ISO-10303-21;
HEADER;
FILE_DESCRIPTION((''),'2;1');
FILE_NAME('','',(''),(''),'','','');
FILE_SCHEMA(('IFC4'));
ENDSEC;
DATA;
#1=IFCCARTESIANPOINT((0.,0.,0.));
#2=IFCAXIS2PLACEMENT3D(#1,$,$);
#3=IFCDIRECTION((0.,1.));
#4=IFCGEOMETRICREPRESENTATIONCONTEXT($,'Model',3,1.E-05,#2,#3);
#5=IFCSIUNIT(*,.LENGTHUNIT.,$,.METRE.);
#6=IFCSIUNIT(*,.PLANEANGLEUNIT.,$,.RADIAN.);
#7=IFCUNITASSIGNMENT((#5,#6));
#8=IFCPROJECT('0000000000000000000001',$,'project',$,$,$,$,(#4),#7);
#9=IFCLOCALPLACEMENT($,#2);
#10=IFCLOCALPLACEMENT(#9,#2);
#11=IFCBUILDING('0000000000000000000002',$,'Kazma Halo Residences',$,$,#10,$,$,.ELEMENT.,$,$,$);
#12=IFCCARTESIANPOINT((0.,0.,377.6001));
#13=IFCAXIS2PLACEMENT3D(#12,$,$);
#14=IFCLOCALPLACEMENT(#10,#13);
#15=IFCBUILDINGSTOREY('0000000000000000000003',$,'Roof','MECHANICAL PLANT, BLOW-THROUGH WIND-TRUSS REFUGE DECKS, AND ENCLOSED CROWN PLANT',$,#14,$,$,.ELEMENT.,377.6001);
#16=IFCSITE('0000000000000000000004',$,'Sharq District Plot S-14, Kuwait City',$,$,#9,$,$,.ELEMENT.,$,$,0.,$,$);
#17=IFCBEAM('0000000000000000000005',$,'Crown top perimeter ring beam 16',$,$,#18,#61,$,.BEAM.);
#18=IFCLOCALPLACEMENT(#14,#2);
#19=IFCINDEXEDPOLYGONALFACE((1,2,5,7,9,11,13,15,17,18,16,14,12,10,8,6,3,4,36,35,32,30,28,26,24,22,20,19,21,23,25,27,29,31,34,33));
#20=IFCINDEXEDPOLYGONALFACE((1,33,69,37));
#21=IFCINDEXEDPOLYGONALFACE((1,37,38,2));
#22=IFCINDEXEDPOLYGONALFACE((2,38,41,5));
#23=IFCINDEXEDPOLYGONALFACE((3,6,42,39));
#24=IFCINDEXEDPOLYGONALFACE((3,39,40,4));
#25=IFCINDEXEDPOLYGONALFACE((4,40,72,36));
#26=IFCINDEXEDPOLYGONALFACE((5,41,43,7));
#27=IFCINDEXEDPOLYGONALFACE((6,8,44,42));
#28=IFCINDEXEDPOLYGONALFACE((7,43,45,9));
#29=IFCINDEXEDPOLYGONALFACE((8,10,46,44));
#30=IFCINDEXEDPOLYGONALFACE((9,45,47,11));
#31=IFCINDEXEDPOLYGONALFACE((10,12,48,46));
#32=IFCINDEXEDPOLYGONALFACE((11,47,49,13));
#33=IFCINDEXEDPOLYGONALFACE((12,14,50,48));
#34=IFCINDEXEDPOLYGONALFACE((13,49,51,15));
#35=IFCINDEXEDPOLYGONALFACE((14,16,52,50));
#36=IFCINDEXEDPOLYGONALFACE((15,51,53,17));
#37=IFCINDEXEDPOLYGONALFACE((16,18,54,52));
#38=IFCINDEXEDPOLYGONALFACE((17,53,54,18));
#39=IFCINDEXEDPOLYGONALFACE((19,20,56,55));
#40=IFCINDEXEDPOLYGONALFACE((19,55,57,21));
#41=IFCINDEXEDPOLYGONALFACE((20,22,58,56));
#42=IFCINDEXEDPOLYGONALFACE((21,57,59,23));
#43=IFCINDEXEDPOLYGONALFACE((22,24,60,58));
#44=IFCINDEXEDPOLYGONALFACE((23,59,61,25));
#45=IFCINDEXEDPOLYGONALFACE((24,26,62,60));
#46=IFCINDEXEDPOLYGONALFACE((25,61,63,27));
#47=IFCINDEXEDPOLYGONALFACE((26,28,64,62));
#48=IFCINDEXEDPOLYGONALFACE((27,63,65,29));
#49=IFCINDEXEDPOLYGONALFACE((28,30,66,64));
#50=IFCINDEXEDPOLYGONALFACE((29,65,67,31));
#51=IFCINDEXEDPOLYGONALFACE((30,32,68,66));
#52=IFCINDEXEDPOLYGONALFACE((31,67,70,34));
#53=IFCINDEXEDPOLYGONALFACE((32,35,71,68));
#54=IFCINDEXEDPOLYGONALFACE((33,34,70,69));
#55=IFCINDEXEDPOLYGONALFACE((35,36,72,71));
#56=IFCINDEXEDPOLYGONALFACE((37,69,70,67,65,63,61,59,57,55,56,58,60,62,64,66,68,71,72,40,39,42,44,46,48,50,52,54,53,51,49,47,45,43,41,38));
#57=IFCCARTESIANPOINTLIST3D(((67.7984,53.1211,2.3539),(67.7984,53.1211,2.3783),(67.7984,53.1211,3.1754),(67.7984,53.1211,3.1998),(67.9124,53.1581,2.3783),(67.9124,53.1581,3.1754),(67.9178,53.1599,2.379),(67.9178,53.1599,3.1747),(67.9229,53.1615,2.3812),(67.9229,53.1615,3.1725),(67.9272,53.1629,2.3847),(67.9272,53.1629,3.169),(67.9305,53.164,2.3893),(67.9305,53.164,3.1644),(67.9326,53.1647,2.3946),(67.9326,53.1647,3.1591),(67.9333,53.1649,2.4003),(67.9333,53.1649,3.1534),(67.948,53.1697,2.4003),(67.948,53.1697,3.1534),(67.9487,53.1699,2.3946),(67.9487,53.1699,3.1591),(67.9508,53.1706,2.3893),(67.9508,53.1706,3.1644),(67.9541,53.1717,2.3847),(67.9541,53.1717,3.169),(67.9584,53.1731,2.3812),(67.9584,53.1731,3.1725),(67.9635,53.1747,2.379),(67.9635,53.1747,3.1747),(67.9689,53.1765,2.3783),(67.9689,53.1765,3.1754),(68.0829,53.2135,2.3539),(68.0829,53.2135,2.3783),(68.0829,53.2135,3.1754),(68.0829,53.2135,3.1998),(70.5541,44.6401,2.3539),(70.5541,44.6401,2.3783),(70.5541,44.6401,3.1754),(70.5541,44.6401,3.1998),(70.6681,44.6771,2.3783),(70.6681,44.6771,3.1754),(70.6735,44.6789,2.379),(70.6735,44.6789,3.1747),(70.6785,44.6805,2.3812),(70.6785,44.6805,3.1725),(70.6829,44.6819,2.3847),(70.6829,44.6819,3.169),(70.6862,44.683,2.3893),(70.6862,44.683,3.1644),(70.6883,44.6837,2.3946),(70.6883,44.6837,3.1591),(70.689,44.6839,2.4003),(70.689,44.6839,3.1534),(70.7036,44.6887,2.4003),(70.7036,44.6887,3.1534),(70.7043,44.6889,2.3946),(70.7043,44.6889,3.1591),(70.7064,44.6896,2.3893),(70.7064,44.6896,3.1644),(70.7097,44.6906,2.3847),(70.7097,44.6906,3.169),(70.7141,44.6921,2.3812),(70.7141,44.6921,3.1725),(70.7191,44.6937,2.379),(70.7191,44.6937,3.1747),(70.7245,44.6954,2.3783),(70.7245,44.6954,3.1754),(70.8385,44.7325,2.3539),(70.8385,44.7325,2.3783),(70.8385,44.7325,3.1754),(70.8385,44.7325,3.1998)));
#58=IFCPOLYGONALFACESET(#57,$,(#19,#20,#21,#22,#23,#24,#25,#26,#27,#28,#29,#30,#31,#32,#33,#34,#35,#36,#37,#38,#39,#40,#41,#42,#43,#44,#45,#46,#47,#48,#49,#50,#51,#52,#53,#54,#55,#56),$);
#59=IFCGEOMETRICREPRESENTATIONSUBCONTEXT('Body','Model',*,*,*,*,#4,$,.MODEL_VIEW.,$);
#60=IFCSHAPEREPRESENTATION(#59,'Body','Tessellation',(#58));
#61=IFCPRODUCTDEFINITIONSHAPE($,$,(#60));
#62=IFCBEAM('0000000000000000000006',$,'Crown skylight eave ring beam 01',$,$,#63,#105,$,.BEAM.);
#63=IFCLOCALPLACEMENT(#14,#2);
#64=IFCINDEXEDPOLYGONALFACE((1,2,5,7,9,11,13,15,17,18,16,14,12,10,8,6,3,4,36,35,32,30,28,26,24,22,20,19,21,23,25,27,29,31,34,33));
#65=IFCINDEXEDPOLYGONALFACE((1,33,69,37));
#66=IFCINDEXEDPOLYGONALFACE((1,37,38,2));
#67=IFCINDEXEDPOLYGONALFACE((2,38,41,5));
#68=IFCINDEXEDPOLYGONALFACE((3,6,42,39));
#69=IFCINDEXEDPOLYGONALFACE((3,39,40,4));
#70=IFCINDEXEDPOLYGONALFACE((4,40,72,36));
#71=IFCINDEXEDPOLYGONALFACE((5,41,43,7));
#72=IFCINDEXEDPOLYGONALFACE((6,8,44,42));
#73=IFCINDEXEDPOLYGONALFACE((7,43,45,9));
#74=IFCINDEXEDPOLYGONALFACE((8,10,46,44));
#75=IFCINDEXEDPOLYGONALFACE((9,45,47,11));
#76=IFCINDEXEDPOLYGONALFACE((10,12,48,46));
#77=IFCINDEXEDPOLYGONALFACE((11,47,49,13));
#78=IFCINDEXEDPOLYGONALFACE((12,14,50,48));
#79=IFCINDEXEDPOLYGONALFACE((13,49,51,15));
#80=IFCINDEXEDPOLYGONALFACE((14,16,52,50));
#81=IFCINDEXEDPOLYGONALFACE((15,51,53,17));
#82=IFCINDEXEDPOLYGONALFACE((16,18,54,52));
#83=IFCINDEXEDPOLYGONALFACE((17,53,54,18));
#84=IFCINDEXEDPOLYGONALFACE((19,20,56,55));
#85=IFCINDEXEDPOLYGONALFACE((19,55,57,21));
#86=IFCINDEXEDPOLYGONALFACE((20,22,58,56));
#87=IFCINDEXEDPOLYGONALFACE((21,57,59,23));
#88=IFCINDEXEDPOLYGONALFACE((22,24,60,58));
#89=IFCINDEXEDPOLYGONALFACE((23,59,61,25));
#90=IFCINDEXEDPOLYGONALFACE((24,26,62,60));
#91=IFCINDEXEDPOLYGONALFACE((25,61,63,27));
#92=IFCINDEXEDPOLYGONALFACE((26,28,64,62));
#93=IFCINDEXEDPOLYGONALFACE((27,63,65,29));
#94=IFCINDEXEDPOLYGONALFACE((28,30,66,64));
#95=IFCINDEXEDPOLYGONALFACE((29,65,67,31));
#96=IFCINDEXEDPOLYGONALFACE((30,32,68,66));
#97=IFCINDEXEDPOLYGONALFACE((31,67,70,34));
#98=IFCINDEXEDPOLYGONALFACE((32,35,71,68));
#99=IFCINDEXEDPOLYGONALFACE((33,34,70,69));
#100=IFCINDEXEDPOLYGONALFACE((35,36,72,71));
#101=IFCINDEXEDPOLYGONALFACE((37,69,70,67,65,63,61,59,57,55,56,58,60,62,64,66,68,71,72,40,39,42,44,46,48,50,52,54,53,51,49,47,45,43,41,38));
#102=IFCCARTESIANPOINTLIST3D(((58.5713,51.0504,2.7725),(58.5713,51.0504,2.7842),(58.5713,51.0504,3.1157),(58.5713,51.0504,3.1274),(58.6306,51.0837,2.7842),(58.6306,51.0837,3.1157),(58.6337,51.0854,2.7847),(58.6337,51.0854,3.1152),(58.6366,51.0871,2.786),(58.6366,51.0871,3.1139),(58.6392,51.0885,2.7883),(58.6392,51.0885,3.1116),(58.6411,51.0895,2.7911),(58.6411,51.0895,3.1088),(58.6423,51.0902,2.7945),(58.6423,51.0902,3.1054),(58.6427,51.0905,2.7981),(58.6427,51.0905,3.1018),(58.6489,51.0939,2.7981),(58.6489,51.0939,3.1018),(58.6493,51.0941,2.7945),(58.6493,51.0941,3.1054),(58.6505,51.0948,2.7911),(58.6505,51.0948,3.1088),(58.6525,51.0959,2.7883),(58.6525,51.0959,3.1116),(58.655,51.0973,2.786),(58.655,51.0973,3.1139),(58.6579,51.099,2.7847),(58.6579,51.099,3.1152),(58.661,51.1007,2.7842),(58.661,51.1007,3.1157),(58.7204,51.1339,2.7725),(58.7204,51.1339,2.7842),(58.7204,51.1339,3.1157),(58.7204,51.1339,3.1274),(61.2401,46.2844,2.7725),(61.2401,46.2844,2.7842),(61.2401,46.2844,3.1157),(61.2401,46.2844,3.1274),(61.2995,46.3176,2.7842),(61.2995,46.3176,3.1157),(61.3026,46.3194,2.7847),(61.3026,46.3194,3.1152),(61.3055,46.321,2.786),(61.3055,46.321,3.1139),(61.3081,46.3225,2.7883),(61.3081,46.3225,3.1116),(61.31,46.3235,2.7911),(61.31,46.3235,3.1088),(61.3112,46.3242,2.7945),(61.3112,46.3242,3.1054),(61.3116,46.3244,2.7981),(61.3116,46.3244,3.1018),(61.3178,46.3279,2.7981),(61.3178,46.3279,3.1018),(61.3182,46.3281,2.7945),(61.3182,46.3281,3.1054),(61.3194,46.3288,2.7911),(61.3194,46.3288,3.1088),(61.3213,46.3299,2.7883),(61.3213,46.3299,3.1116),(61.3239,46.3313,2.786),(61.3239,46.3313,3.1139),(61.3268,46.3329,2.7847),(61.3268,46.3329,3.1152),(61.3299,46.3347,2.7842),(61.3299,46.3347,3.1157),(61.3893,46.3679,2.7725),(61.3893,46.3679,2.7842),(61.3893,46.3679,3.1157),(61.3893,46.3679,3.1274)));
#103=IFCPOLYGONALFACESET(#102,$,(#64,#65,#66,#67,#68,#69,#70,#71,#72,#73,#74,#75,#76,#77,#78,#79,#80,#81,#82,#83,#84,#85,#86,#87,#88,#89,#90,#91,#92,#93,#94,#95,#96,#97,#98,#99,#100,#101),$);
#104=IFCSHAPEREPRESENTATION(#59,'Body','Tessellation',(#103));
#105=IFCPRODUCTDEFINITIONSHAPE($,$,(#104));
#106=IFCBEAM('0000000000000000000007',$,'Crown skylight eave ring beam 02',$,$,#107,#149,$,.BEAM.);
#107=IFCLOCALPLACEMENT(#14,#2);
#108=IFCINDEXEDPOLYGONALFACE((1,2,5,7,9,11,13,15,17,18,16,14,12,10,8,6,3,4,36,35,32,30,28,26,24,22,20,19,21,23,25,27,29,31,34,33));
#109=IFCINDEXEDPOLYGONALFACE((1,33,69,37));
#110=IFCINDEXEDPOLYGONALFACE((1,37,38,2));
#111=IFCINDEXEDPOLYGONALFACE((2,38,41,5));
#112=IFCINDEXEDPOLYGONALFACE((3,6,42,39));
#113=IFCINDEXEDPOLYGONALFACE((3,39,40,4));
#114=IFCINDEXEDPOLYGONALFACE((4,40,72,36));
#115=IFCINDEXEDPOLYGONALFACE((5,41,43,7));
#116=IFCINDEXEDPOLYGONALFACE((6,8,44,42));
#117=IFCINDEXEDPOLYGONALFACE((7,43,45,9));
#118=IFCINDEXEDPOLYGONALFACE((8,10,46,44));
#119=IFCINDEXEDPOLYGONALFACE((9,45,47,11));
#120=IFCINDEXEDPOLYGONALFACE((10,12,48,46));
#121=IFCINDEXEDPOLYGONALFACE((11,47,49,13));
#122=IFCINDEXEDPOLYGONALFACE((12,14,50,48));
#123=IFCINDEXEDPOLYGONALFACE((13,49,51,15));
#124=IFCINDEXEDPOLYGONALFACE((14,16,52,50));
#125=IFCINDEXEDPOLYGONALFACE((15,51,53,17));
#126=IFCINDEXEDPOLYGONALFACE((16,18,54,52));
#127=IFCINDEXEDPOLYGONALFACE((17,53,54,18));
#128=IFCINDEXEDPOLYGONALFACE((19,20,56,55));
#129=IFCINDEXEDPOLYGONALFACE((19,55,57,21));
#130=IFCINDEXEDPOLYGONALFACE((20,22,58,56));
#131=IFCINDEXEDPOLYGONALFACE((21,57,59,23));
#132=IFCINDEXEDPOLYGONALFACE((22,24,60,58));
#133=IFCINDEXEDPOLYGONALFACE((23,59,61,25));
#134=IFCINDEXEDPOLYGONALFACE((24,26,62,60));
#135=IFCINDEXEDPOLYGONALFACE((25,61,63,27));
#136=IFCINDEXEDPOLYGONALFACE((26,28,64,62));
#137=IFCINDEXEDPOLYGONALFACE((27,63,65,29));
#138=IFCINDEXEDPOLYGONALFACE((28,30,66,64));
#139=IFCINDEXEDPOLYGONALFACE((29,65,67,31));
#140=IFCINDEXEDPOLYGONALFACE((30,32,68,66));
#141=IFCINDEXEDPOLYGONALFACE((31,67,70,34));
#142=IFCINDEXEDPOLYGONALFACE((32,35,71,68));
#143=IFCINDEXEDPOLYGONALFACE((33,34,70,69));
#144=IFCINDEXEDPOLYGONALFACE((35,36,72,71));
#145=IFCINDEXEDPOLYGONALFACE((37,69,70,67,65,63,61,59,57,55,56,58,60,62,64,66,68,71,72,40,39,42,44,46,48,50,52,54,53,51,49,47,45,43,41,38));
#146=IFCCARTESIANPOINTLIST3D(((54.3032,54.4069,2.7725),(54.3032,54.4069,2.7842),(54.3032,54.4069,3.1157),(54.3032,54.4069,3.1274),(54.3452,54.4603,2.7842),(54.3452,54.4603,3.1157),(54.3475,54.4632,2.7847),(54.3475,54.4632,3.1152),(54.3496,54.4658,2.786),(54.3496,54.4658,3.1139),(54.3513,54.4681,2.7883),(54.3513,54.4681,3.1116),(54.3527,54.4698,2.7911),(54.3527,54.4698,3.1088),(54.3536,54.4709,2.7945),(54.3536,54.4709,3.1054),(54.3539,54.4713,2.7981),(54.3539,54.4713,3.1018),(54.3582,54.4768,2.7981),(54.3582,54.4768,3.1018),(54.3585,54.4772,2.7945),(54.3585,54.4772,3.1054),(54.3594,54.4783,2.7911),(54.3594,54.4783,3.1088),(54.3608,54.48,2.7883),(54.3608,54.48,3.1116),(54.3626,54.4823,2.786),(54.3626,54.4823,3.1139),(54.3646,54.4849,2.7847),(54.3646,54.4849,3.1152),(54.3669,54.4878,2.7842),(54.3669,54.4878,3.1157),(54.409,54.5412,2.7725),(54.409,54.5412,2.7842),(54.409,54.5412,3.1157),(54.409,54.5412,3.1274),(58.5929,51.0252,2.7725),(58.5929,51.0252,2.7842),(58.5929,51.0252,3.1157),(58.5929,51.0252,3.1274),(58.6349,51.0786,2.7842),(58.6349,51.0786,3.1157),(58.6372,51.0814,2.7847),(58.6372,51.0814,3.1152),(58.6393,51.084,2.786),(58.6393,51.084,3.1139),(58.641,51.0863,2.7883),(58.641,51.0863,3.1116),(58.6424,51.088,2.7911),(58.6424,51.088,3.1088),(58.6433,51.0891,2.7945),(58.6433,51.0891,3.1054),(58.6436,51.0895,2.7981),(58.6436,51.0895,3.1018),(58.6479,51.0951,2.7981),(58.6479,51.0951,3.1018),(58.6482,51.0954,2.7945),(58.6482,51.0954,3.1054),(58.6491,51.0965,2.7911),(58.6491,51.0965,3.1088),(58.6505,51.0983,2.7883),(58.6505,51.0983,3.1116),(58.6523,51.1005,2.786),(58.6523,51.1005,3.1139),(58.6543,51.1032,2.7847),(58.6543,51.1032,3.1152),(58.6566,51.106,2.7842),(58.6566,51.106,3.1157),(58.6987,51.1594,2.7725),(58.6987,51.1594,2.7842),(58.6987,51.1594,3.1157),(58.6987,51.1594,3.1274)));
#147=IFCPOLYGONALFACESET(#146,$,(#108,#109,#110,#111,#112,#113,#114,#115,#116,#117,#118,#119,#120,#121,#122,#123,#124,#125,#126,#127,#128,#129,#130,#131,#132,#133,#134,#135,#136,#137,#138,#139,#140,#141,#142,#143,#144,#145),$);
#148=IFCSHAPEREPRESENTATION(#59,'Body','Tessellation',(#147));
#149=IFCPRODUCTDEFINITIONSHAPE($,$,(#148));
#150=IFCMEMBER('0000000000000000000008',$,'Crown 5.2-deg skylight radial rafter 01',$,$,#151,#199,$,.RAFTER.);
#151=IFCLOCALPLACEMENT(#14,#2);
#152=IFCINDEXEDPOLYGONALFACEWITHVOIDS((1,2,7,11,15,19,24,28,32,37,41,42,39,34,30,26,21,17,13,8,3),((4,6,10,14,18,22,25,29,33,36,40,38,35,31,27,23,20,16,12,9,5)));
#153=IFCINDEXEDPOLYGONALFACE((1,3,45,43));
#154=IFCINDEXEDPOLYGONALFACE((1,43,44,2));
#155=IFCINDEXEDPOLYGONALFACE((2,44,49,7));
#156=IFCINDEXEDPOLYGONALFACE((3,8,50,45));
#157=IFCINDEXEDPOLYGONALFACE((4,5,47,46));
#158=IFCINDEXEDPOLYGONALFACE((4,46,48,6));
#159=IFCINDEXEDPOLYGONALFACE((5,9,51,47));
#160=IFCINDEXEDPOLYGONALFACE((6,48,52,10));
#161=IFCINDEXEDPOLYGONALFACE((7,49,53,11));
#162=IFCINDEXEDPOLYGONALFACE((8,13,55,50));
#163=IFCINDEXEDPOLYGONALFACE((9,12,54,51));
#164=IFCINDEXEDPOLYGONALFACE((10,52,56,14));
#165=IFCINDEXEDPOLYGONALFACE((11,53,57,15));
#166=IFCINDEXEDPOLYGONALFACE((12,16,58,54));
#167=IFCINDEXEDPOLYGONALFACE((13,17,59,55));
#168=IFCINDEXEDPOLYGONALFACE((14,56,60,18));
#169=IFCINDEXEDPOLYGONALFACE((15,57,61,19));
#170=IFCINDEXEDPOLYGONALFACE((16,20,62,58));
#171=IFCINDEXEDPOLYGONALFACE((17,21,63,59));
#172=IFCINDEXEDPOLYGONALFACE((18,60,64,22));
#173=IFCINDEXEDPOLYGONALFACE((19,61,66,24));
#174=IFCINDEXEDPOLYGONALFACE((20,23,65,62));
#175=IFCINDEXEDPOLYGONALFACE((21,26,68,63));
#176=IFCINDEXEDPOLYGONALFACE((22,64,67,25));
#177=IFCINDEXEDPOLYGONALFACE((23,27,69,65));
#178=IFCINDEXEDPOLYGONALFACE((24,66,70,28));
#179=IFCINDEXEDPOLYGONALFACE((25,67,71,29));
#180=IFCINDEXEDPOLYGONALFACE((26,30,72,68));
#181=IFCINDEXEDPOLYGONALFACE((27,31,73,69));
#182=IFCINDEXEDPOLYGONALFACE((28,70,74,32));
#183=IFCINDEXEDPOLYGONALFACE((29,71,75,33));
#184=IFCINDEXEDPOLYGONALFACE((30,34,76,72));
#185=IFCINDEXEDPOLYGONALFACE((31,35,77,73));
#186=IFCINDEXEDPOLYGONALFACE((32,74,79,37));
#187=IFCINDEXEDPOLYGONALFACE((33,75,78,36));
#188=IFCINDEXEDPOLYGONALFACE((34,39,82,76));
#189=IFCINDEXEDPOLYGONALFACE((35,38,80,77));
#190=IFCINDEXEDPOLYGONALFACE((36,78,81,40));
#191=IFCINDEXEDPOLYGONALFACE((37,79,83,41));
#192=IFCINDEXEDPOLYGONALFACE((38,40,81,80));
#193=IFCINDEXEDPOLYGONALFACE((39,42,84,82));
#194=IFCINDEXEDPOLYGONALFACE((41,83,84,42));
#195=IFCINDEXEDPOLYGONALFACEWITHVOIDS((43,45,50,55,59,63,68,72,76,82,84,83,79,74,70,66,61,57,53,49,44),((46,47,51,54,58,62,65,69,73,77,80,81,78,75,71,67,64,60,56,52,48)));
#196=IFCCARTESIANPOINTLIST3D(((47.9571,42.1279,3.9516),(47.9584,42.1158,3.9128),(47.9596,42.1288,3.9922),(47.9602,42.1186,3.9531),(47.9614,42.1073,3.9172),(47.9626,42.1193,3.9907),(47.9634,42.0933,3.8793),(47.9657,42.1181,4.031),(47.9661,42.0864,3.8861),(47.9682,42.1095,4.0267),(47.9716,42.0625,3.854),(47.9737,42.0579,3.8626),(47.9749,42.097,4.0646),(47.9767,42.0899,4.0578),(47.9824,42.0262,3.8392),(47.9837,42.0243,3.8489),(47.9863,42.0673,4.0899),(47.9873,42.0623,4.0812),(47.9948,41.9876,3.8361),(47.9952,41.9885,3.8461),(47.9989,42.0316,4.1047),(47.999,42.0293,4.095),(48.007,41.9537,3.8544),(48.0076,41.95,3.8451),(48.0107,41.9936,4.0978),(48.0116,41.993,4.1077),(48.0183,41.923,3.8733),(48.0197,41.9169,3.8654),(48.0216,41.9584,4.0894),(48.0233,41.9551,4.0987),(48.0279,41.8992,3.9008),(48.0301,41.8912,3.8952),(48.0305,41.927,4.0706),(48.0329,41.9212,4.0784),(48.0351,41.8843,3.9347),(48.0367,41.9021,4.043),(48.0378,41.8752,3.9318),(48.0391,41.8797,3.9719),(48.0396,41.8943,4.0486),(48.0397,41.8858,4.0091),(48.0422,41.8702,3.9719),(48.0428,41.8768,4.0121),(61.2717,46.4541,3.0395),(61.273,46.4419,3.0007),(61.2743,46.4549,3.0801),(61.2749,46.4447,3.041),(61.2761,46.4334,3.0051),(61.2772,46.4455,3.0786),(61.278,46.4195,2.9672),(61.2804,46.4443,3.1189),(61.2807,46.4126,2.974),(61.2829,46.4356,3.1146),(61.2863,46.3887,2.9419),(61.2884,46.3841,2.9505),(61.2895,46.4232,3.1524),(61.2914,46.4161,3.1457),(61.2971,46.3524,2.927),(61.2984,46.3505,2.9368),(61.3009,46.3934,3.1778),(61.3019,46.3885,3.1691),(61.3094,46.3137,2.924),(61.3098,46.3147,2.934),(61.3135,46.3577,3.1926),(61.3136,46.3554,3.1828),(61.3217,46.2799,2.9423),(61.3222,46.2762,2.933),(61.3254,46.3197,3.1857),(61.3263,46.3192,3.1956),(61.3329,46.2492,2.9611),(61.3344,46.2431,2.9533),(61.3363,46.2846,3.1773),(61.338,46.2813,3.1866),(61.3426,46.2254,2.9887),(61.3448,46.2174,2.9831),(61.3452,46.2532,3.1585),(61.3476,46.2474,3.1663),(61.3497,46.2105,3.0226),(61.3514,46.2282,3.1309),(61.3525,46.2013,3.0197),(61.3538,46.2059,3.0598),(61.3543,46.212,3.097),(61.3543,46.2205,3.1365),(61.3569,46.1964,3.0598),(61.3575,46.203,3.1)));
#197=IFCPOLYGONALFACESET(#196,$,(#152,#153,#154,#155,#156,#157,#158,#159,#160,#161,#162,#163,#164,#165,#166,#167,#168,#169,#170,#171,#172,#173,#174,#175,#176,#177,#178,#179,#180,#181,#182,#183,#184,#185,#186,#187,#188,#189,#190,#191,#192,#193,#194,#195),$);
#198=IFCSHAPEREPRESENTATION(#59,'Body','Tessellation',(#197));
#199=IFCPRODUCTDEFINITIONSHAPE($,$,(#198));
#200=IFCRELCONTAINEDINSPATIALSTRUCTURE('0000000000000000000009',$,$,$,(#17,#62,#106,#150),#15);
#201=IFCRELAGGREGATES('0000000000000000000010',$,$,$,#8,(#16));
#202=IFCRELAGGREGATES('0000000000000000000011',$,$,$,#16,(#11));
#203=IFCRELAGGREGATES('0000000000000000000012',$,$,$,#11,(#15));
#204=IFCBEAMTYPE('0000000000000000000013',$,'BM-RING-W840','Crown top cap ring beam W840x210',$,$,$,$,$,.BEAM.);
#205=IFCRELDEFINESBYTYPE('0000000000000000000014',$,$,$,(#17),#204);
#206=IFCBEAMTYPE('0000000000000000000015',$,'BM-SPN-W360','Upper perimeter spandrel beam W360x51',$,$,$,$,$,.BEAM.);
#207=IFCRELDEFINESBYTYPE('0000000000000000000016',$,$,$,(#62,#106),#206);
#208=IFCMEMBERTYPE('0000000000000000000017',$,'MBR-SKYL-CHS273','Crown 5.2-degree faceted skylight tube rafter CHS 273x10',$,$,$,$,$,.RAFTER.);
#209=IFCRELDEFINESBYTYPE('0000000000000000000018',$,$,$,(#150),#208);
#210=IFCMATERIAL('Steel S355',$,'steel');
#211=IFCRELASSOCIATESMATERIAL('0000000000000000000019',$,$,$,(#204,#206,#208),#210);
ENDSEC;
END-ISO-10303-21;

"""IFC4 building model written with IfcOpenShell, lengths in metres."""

from ifc_helpers import new_model, si_unit, direction, frame, origin, origin_2d, place, context, subcontext, project, spatial, hollow_circle, i_section, extrude, material, material_profile, profile_set, type_object, element, save


model = new_model("IFC4")

# Units and contexts
model_context = context("Model", 3, precision=1e-05, world=origin(), true_north=direction((0.0, 1.0)))
body_context = subcontext(model_context, "Body", "Model", "MODEL_VIEW")
ifc_project = project(units=[si_unit("LENGTHUNIT", "METRE"), si_unit("PLANEANGLEUNIT", "RADIAN")], contexts=[model_context])

# Site, building, storey
site_placement = place(None, origin())
site = spatial("IfcSite", under=ifc_project, at=site_placement, Name="Sharq District Plot S-14, Kuwait City", CompositionType="ELEMENT", RefElevation=0.0)
building_placement = place(site_placement, origin())
building = spatial("IfcBuilding", under=site, at=building_placement, Name="Kazma Halo Residences", CompositionType="ELEMENT")
storey_placement = place(building_placement, frame((0.0, 0.0, 377.6001)))
storey = spatial("IfcBuildingStorey", under=building, at=storey_placement, Name="Roof", Description="MECHANICAL PLANT, BLOW-THROUGH WIND-TRUSS REFUGE DECKS, AND ENCLOSED CROWN PLANT", CompositionType="ELEMENT", Elevation=377.6001)

# Shared definitions
ifc_material_1 = material(Name="Steel S355", Category="steel")

# Beams
ifc_material_profile_1 = material_profile(ifc_material_1, i_section(OverallWidth=0.2991, OverallDepth=0.8459, WebThickness=0.0154, FlangeThickness=0.0244, FilletRadius=0.022, at=origin_2d()), Name="W840x210")
ifc_profile_set_1 = profile_set([ifc_material_profile_1], Name="Steel S355")
beam_type_1 = type_object("IfcBeamType", Name="BM-RING-W840", Description="Crown top cap ring beam W840x210", PredefinedType="BEAM", material=ifc_profile_set_1)
beam_1_placement = place(storey_placement, frame((70.6963, 44.6863, 2.7769), z_axis=(-0.309015, 0.951057, 0.0), x_axis=(-0.951057, -0.309015, 0.0)))
element("IfcBeam", 1, at=beam_1_placement, inside=storey, type_object=beam_type_1, Name="Crown top perimeter ring beam 16", PredefinedType="BEAM", context=body_context, shape_type="SweptSolid", body=[
    extrude(i_section(OverallWidth=0.2991, OverallDepth=0.8459, WebThickness=0.0154, FlangeThickness=0.0244, FilletRadius=0.022, at=origin_2d()), origin(), (0.0, 0.0, 1.0), 8.9175),
])
ifc_material_profile_2 = material_profile(ifc_material_1, i_section(OverallWidth=0.1709, OverallDepth=0.355, WebThickness=0.0071, FlangeThickness=0.0117, FilletRadius=0.0139, at=origin_2d()), Name="W360x51")
ifc_profile_set_2 = profile_set([ifc_material_profile_2], Name="Steel S355")
beam_type_2 = type_object("IfcBeamType", Name="BM-SPN-W360", Description="Upper perimeter spandrel beam W360x51", PredefinedType="BEAM", material=ifc_profile_set_2)
for number, where, z_axis, x_axis, name in (
    (2, (61.3147, 46.3262, 2.95), (-0.488592, 0.872512, 0.0), (-0.872512, -0.488592, 0.0), "Crown skylight eave ring beam 01"),
    (3, (58.6458, 51.0923, 2.95), (-0.785314, 0.619098, 0.0), (-0.619098, -0.785314, 0.0), "Crown skylight eave ring beam 02"),
):
    element("IfcBeam", number, at=place(storey_placement, frame(where, z_axis=z_axis, x_axis=x_axis)), inside=storey, type_object=beam_type_2, Name=name, PredefinedType="BEAM", context=body_context, shape_type="SweptSolid", body=[
        extrude(i_section(OverallWidth=0.1709, OverallDepth=0.355, WebThickness=0.0071, FlangeThickness=0.0117, FilletRadius=0.0139, at=origin_2d()), origin(), (0.0, 0.0, 1.0), 5.4624),
    ])

# Member
ifc_material_profile_3 = material_profile(ifc_material_1, hollow_circle(Radius=0.1365, WallThickness=0.01, at=origin_2d()), Name="CHS273x10")
ifc_profile_set_3 = profile_set([ifc_material_profile_3], Name="Steel S355")
member_type = type_object("IfcMemberType", Name="MBR-SKYL-CHS273", Description="Crown 5.2-degree faceted skylight tube rafter CHS 273x10", PredefinedType="RAFTER", material=ifc_profile_set_3)
member_1_placement = place(storey_placement, frame((61.3147, 46.3262, 3.0598), z_axis=(-0.949045, -0.308361, 0.065013), x_axis=(0.309015, -0.951057, 0.0)))
element("IfcMember", 4, at=member_1_placement, inside=storey, type_object=member_type, Name="Crown 5.2-deg skylight radial rafter 01", PredefinedType="RAFTER", context=body_context, shape_type="SweptSolid", body=[
    extrude(hollow_circle(Radius=0.1365, WallThickness=0.01, at=origin_2d()), origin(), (0.0, 0.0, 1.0), 14.0295),
])

save(model, "model.ifc")
